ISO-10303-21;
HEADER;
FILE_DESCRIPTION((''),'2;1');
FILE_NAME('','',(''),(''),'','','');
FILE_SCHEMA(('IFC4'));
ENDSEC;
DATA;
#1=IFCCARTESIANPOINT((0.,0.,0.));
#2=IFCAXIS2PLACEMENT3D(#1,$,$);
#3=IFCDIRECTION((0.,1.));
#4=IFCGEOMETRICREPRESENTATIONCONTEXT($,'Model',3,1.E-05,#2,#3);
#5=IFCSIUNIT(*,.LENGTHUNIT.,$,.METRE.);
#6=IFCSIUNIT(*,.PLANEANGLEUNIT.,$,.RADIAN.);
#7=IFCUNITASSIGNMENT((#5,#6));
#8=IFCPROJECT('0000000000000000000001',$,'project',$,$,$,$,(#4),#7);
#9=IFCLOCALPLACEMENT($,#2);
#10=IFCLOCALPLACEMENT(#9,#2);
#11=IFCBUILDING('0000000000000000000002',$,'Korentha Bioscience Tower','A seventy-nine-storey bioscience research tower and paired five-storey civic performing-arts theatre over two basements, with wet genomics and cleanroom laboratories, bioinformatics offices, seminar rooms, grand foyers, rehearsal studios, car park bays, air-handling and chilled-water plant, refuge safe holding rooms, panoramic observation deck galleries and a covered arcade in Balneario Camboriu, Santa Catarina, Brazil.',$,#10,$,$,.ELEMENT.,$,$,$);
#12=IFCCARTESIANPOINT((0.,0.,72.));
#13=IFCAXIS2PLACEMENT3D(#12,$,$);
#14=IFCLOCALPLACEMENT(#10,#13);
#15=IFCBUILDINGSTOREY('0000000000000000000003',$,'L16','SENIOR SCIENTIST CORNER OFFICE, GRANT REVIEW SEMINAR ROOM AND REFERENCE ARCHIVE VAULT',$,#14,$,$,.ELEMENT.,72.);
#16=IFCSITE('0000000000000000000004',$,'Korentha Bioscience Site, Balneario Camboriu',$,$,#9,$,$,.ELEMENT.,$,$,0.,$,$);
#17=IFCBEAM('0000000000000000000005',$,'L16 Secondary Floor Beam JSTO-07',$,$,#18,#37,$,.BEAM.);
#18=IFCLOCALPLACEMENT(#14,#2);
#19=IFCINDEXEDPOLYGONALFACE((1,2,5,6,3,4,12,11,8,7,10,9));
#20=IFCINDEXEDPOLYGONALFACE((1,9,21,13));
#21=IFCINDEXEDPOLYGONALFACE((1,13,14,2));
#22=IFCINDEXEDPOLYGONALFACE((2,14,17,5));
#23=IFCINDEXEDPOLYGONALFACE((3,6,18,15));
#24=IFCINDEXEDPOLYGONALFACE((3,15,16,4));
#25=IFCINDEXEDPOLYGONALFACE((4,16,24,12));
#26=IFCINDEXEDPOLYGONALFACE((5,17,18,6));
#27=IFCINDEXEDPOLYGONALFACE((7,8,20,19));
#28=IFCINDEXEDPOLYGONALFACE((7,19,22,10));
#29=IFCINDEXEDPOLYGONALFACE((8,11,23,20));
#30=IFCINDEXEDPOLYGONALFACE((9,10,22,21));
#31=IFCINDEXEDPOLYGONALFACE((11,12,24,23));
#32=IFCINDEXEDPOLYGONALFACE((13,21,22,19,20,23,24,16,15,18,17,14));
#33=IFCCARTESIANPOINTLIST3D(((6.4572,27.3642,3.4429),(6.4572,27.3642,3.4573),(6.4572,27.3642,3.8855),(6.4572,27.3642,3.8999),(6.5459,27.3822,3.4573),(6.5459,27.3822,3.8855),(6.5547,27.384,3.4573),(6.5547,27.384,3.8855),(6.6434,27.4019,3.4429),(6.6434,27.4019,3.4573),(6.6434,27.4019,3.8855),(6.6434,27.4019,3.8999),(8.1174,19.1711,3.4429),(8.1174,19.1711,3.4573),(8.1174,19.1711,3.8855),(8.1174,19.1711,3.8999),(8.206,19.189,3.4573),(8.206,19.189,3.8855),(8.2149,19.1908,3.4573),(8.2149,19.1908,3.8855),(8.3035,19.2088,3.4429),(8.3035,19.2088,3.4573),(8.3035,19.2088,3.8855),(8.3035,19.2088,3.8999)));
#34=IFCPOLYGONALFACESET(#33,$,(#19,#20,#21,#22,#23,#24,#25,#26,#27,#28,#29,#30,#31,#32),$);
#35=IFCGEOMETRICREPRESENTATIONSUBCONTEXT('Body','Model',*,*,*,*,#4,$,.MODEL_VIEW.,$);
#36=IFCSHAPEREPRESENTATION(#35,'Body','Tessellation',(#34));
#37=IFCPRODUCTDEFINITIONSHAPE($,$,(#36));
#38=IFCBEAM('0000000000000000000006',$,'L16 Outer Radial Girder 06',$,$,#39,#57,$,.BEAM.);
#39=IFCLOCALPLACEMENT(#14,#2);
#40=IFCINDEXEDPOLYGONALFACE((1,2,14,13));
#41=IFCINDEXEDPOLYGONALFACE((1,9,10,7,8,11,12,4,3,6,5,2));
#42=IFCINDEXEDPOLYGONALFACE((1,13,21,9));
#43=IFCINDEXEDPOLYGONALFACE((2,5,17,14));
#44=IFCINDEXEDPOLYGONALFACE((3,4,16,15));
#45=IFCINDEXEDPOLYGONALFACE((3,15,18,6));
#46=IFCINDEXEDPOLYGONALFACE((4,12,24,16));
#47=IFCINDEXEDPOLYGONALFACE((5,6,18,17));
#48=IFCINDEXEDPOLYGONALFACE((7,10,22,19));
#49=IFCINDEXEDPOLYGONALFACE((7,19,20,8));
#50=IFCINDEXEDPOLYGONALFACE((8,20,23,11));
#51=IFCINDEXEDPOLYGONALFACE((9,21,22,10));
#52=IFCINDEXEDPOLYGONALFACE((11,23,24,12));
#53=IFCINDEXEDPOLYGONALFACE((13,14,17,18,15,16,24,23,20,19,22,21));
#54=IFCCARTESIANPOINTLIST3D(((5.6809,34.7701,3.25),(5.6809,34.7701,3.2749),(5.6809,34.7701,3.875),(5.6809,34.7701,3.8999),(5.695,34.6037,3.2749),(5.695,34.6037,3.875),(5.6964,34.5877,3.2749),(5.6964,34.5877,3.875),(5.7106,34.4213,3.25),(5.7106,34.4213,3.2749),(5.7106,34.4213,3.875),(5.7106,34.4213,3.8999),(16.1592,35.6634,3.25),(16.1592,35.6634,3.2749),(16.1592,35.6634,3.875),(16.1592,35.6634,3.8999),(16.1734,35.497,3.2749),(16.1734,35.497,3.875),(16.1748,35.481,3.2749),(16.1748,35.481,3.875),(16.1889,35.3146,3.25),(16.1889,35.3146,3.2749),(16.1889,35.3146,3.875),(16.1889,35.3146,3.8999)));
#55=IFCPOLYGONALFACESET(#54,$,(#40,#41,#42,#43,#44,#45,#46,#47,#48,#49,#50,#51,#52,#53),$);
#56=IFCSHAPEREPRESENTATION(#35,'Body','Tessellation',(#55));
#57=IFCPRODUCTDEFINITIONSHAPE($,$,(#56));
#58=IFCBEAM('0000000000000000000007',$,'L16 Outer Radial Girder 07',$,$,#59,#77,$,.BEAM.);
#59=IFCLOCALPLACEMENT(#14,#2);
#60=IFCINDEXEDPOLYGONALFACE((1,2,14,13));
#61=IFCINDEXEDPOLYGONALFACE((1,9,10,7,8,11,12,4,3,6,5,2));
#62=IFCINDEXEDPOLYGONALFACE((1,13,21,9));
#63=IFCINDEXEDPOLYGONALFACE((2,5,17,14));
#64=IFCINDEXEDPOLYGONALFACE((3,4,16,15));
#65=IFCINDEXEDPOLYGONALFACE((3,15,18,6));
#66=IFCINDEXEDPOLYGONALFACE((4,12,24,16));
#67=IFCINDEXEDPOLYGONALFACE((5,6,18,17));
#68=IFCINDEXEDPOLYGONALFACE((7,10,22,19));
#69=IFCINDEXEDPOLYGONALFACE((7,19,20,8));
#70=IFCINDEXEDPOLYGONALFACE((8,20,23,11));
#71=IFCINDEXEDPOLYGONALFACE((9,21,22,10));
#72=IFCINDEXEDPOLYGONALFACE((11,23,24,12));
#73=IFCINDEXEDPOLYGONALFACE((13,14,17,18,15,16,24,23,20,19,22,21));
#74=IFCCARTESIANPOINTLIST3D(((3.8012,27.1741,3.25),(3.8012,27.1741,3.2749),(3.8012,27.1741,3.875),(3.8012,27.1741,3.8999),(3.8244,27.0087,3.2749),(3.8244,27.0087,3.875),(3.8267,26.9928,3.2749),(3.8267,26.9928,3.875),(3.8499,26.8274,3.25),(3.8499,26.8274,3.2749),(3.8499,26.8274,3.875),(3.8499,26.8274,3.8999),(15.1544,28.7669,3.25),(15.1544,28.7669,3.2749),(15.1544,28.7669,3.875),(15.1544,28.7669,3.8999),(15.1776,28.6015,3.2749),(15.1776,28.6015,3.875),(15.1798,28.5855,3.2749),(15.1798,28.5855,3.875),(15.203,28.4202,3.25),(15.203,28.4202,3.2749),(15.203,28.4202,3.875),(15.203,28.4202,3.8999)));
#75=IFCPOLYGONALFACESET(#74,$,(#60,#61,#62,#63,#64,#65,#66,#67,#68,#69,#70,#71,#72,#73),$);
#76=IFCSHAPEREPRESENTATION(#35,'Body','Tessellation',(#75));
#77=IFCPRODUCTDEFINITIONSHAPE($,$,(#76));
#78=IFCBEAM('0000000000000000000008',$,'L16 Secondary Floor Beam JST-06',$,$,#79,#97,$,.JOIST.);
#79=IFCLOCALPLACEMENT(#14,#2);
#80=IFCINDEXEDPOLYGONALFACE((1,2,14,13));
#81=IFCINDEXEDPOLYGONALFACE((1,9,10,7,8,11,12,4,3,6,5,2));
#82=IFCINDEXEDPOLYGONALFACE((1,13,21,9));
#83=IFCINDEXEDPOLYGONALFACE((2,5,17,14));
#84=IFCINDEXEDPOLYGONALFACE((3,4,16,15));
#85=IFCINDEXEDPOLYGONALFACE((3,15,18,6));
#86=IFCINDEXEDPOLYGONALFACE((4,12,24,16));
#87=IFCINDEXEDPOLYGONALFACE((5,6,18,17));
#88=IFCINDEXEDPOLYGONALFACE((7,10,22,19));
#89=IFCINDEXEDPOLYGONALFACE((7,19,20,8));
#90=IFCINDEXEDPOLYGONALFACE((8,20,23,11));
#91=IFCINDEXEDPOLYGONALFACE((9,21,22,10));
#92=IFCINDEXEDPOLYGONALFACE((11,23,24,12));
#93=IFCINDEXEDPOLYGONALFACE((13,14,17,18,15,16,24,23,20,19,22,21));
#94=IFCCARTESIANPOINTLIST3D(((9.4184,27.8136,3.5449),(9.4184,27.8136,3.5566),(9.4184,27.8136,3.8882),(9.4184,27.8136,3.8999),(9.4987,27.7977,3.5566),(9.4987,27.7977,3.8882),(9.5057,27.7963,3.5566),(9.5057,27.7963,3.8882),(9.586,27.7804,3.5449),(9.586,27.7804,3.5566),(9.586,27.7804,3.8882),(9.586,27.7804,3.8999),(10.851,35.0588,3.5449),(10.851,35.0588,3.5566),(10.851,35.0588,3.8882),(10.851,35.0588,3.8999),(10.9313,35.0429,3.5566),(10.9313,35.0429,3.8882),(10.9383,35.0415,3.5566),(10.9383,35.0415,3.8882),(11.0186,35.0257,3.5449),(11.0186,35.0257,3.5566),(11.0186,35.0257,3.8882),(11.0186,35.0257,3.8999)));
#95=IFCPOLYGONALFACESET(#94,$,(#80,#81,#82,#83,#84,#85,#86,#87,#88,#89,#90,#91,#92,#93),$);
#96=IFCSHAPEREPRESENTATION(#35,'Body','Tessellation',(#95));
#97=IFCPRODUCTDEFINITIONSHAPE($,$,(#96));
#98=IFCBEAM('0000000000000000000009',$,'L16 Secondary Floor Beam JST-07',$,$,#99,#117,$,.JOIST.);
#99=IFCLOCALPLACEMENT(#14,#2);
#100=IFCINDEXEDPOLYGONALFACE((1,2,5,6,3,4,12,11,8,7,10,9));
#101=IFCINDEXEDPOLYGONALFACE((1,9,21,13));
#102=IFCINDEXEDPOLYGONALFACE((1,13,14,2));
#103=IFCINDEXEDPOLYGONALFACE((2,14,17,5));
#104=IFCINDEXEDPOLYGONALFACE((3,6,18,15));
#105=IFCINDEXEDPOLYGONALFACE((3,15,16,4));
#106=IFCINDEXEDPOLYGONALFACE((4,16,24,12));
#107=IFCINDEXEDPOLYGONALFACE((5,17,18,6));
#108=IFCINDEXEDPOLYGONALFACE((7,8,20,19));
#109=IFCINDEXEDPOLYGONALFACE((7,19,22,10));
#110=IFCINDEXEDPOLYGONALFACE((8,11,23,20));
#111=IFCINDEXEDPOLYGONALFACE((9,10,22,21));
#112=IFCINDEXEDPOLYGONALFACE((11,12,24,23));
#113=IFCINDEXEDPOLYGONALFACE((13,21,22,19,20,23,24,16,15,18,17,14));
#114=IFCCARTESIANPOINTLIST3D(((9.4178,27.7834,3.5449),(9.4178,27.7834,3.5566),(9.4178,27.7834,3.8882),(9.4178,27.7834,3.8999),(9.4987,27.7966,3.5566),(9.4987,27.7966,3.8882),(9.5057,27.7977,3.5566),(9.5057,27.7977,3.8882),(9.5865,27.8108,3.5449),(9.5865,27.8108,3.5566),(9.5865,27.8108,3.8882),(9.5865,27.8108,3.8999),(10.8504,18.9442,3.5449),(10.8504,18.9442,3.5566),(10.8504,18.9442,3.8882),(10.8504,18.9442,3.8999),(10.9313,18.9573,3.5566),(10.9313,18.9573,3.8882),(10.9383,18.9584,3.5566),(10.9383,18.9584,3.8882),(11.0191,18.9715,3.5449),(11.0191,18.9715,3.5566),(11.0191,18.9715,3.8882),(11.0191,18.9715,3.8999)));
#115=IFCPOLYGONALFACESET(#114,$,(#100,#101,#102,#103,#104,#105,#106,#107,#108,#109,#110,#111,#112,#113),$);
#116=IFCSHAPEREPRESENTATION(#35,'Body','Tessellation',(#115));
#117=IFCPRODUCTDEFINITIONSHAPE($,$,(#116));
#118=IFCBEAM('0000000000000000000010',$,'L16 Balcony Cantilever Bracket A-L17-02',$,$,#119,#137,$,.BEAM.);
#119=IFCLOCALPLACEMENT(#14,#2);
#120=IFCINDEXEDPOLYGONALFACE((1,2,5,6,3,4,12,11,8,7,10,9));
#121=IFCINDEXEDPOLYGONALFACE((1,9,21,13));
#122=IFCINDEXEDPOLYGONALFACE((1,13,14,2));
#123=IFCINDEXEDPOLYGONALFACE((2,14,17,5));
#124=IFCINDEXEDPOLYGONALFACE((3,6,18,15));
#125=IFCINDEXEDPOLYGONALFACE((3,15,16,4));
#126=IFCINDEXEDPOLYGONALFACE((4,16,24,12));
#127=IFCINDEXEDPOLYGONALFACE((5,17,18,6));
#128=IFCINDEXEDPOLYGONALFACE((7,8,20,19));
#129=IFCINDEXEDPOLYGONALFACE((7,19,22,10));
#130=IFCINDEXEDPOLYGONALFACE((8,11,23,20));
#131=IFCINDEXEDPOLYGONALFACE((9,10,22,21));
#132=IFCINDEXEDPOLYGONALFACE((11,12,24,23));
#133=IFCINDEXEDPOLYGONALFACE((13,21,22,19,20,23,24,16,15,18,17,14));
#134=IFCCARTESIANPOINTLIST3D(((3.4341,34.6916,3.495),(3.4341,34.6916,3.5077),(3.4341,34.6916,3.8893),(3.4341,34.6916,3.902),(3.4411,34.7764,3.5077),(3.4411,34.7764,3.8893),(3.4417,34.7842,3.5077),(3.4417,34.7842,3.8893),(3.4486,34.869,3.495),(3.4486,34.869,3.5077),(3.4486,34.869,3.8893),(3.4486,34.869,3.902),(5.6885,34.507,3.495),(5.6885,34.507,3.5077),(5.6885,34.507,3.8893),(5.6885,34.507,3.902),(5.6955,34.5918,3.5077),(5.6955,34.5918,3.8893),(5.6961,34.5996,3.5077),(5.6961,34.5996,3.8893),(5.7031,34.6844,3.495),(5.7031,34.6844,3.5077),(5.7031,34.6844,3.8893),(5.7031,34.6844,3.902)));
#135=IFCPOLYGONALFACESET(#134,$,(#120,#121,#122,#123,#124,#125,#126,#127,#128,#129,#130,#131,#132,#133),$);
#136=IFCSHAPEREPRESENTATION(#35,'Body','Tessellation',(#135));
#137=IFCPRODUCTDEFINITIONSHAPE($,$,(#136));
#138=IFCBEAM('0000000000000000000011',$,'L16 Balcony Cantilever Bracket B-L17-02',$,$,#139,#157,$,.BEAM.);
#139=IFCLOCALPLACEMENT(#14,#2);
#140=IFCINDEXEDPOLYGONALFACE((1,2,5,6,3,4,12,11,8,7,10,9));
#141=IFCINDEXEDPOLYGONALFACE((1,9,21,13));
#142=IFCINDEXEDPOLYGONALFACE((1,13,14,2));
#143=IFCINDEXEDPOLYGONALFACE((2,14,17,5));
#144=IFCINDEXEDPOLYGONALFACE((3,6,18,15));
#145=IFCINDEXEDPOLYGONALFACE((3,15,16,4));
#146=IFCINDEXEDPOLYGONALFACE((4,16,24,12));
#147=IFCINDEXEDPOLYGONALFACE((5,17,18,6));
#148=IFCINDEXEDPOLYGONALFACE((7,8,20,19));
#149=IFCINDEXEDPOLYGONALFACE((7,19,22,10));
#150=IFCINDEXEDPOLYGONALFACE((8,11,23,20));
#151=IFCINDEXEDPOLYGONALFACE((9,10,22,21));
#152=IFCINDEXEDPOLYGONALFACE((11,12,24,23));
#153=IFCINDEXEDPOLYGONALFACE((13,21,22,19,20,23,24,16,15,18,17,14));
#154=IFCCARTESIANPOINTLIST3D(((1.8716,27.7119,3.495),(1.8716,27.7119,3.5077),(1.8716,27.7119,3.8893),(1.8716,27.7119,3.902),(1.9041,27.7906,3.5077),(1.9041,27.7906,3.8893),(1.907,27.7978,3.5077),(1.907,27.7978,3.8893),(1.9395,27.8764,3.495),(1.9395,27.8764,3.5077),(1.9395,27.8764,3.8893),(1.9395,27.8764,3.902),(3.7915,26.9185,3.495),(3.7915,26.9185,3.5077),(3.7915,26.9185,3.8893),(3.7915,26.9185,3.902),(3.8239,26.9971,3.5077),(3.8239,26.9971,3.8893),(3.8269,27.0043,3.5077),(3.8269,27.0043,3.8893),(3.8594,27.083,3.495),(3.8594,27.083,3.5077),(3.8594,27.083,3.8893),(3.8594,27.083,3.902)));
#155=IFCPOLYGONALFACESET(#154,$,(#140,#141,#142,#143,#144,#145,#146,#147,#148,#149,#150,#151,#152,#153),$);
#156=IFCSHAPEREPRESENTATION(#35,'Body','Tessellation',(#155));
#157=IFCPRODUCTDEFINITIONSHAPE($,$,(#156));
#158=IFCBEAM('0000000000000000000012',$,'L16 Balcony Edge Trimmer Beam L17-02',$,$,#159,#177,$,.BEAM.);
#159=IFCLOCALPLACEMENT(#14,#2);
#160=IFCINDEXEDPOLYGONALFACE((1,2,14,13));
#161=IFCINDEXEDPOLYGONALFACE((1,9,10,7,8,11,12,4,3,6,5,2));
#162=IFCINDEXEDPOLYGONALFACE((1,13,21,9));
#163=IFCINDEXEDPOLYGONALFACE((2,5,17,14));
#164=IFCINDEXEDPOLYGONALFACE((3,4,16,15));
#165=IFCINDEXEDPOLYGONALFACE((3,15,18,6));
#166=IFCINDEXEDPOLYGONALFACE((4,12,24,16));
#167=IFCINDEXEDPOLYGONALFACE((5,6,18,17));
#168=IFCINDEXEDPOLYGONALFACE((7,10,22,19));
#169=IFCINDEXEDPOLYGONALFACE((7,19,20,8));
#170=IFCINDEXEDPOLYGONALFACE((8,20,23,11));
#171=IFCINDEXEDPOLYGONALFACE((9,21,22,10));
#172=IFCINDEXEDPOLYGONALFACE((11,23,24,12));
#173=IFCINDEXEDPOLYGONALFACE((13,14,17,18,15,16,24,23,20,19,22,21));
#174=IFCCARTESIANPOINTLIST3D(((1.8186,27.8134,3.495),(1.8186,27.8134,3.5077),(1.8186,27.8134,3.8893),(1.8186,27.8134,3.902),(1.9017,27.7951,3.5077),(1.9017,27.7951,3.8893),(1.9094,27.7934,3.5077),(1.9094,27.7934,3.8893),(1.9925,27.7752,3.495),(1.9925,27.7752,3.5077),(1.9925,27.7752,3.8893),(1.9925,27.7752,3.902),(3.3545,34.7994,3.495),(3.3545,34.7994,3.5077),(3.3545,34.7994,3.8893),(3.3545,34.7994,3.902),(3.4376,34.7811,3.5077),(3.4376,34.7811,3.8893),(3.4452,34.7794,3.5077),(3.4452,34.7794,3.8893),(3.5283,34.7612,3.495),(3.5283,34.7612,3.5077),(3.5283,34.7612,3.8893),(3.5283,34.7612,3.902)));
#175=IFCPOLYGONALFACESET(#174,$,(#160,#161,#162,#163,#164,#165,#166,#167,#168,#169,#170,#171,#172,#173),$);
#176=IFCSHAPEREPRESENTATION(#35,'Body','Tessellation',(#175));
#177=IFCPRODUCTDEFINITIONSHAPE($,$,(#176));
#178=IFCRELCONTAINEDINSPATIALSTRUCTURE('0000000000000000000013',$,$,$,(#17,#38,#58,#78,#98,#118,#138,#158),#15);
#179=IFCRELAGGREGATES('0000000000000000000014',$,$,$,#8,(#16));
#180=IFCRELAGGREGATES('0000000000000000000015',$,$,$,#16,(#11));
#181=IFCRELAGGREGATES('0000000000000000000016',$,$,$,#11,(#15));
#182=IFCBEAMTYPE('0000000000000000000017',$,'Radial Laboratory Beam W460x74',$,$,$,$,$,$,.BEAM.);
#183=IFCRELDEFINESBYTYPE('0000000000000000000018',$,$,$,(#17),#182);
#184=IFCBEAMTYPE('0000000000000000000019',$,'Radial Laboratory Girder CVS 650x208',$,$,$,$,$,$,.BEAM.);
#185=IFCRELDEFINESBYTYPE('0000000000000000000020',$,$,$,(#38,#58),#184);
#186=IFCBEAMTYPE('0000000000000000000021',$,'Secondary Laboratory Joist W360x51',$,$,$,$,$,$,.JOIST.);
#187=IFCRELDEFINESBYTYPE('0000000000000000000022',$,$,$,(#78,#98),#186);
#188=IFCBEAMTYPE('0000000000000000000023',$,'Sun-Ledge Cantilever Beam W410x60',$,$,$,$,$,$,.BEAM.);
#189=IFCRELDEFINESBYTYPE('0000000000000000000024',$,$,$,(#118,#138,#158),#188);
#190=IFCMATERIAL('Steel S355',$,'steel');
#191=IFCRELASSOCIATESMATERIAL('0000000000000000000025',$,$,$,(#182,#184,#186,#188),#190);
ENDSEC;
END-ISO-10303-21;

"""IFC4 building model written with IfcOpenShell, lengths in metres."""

from ifc_helpers import new_model, si_unit, direction, frame, origin, origin_2d, place, context, subcontext, project, spatial, i_section, extrude, material, material_profile, profile_set, type_object, element, save


model = new_model("IFC4")

# Units and contexts
model_context = context("Model", 3, precision=1e-05, world=origin(), true_north=direction((0.0, 1.0)))
body_context = subcontext(model_context, "Body", "Model", "MODEL_VIEW")
ifc_project = project(units=[si_unit("LENGTHUNIT", "METRE"), si_unit("PLANEANGLEUNIT", "RADIAN")], contexts=[model_context])

# Site, building, storey
site_placement = place(None, origin())
site = spatial("IfcSite", under=ifc_project, at=site_placement, Name="Korentha Bioscience Site, Balneario Camboriu", CompositionType="ELEMENT", RefElevation=0.0)
building_placement = place(site_placement, origin())
building = spatial("IfcBuilding", under=site, at=building_placement, Name="Korentha Bioscience Tower", Description="A seventy-nine-storey bioscience research tower and paired five-storey civic performing-arts theatre over two basements, with wet genomics and cleanroom laboratories, bioinformatics offices, seminar rooms, grand foyers, rehearsal studios, car park bays, air-handling and chilled-water plant, refuge safe holding rooms, panoramic observation deck galleries and a covered arcade in Balneario Camboriu, Santa Catarina, Brazil.", CompositionType="ELEMENT")
storey_placement = place(building_placement, frame((0.0, 0.0, 72.0)))
storey = spatial("IfcBuildingStorey", under=building, at=storey_placement, Name="L16", Description="SENIOR SCIENTIST CORNER OFFICE, GRANT REVIEW SEMINAR ROOM AND REFERENCE ARCHIVE VAULT", CompositionType="ELEMENT", Elevation=72.0)

# Shared definitions
ifc_material_1 = material(Name="Steel S355", Category="steel")

# Beams
ifc_material_profile_1 = material_profile(ifc_material_1, i_section(OverallWidth=0.1899, OverallDepth=0.457, WebThickness=0.009, FlangeThickness=0.0144, at=origin_2d()), Name="Steel S355")
ifc_profile_set_1 = profile_set([ifc_material_profile_1], Name="Steel S355 (RB-460)")
beam_type_1 = type_object("IfcBeamType", Name="Radial Laboratory Beam W460x74", PredefinedType="BEAM", material=ifc_profile_set_1)
beam_1_placement = place(storey_placement, frame((6.5503, 27.3831, 3.6714), z_axis=(0.198592, -0.980082, 0.0), x_axis=(0.980082, 0.198592, 0.0)))
element("IfcBeam", 1, at=beam_1_placement, inside=storey, type_object=beam_type_1, Name="L16 Secondary Floor Beam JSTO-07", PredefinedType="BEAM", context=body_context, shape_type="SweptSolid", body=[
    extrude(i_section(OverallWidth=0.1899, OverallDepth=0.457, WebThickness=0.009, FlangeThickness=0.0144, at=origin_2d()), origin(), (0.0, 0.0, 1.0), 8.3596),
])
ifc_material_profile_2 = material_profile(ifc_material_1, i_section(OverallWidth=0.3501, OverallDepth=0.6499, WebThickness=0.0161, FlangeThickness=0.0249, at=origin_2d()), Name="Steel S355")
ifc_profile_set_2 = profile_set([ifc_material_profile_2], Name="Steel S355 (RB-650)")
beam_type_2 = type_object("IfcBeamType", Name="Radial Laboratory Girder CVS 650x208", PredefinedType="BEAM", material=ifc_profile_set_2)
beam_2_placement = place(storey_placement, frame((16.1741, 35.489, 3.575), z_axis=(-0.996386, -0.084945, 0.0), x_axis=(0.084945, -0.996386, 0.0)))
element("IfcBeam", 2, at=beam_2_placement, inside=storey, type_object=beam_type_2, Name="L16 Outer Radial Girder 06", PredefinedType="BEAM", context=body_context, shape_type="SweptSolid", body=[
    extrude(i_section(OverallWidth=0.3501, OverallDepth=0.6499, WebThickness=0.0161, FlangeThickness=0.0249, at=origin_2d()), origin(), (0.0, 0.0, 1.0), 10.5164),
])
beam_3_placement = place(storey_placement, frame((15.1787, 28.5935, 3.575), z_axis=(-0.990302, -0.138931, 0.0), x_axis=(0.138931, -0.990302, 0.0)))
element("IfcBeam", 3, at=beam_3_placement, inside=storey, type_object=beam_type_2, Name="L16 Outer Radial Girder 07", PredefinedType="BEAM", context=body_context, shape_type="SweptSolid", body=[
    extrude(i_section(OverallWidth=0.3501, OverallDepth=0.6499, WebThickness=0.0161, FlangeThickness=0.0249, at=origin_2d()), origin(), (0.0, 0.0, 1.0), 11.4644),
])
ifc_material_profile_3 = material_profile(ifc_material_1, i_section(OverallWidth=0.1709, OverallDepth=0.355, WebThickness=0.0071, FlangeThickness=0.0117, at=origin_2d()), Name="Steel S355")
ifc_profile_set_3 = profile_set([ifc_material_profile_3], Name="Steel S355 (JB-360)")
beam_type_3 = type_object("IfcBeamType", Name="Secondary Laboratory Joist W360x51", PredefinedType="JOIST", material=ifc_profile_set_3)
beam_4_placement = place(storey_placement, frame((10.9348, 35.0422, 3.7224), z_axis=(-0.19398, -0.981006, 0.0), x_axis=(0.981006, -0.19398, 0.0)))
element("IfcBeam", 4, at=beam_4_placement, inside=storey, type_object=beam_type_3, Name="L16 Secondary Floor Beam JST-06", PredefinedType="JOIST", context=body_context, shape_type="SweptSolid", body=[
    extrude(i_section(OverallWidth=0.1709, OverallDepth=0.355, WebThickness=0.0071, FlangeThickness=0.0117, at=origin_2d()), origin(), (0.0, 0.0, 1.0), 7.3855),
])
beam_5_placement = place(storey_placement, frame((9.5022, 27.7971, 3.7224), z_axis=(0.159985, -0.987119, 0.0), x_axis=(0.987119, 0.159985, 0.0)))
element("IfcBeam", 5, at=beam_5_placement, inside=storey, type_object=beam_type_3, Name="L16 Secondary Floor Beam JST-07", PredefinedType="JOIST", context=body_context, shape_type="SweptSolid", body=[
    extrude(i_section(OverallWidth=0.1709, OverallDepth=0.355, WebThickness=0.0071, FlangeThickness=0.0117, at=origin_2d()), origin(), (0.0, 0.0, 1.0), 8.9546),
])
ifc_material_profile_4 = material_profile(ifc_material_1, i_section(OverallWidth=0.178, OverallDepth=0.407, WebThickness=0.0078, FlangeThickness=0.0127, at=origin_2d()), Name="Steel S355")
ifc_profile_set_4 = profile_set([ifc_material_profile_4], Name="Steel S355 (CB-410)")
beam_type_4 = type_object("IfcBeamType", Name="Sun-Ledge Cantilever Beam W410x60", PredefinedType="BEAM", material=ifc_profile_set_4)
beam_6_placement = place(storey_placement, frame((5.6958, 34.5957, 3.6985), z_axis=(-0.996665, 0.081598, 0.0), x_axis=(-0.081598, -0.996665, 0.0)))
element("IfcBeam", 6, at=beam_6_placement, inside=storey, type_object=beam_type_4, Name="L16 Balcony Cantilever Bracket A-L17-02", PredefinedType="BEAM", context=body_context, shape_type="SweptSolid", body=[
    extrude(i_section(OverallWidth=0.178, OverallDepth=0.407, WebThickness=0.0078, FlangeThickness=0.0127, at=origin_2d()), origin(), (0.0, 0.0, 1.0), 2.262),
])
beam_7_placement = place(storey_placement, frame((3.8254, 27.0007, 3.6985), z_axis=(-0.924186, 0.381943, 0.0), x_axis=(-0.381943, -0.924186, 0.0)))
element("IfcBeam", 7, at=beam_7_placement, inside=storey, type_object=beam_type_4, Name="L16 Balcony Cantilever Bracket B-L17-02", PredefinedType="BEAM", context=body_context, shape_type="SweptSolid", body=[
    extrude(i_section(OverallWidth=0.178, OverallDepth=0.407, WebThickness=0.0078, FlangeThickness=0.0127, at=origin_2d()), origin(), (0.0, 0.0, 1.0), 2.0774),
])
beam_8_placement = place(storey_placement, frame((3.4414, 34.7803, 3.6985), z_axis=(-0.214722, -0.976675, 0.0), x_axis=(0.976675, -0.214722, 0.0)))
element("IfcBeam", 8, at=beam_8_placement, inside=storey, type_object=beam_type_4, Name="L16 Balcony Edge Trimmer Beam L17-02", PredefinedType="BEAM", context=body_context, shape_type="SweptSolid", body=[
    extrude(i_section(OverallWidth=0.178, OverallDepth=0.407, WebThickness=0.0078, FlangeThickness=0.0127, at=origin_2d()), origin(), (0.0, 0.0, 1.0), 7.1528),
])

save(model, "model.ifc")
